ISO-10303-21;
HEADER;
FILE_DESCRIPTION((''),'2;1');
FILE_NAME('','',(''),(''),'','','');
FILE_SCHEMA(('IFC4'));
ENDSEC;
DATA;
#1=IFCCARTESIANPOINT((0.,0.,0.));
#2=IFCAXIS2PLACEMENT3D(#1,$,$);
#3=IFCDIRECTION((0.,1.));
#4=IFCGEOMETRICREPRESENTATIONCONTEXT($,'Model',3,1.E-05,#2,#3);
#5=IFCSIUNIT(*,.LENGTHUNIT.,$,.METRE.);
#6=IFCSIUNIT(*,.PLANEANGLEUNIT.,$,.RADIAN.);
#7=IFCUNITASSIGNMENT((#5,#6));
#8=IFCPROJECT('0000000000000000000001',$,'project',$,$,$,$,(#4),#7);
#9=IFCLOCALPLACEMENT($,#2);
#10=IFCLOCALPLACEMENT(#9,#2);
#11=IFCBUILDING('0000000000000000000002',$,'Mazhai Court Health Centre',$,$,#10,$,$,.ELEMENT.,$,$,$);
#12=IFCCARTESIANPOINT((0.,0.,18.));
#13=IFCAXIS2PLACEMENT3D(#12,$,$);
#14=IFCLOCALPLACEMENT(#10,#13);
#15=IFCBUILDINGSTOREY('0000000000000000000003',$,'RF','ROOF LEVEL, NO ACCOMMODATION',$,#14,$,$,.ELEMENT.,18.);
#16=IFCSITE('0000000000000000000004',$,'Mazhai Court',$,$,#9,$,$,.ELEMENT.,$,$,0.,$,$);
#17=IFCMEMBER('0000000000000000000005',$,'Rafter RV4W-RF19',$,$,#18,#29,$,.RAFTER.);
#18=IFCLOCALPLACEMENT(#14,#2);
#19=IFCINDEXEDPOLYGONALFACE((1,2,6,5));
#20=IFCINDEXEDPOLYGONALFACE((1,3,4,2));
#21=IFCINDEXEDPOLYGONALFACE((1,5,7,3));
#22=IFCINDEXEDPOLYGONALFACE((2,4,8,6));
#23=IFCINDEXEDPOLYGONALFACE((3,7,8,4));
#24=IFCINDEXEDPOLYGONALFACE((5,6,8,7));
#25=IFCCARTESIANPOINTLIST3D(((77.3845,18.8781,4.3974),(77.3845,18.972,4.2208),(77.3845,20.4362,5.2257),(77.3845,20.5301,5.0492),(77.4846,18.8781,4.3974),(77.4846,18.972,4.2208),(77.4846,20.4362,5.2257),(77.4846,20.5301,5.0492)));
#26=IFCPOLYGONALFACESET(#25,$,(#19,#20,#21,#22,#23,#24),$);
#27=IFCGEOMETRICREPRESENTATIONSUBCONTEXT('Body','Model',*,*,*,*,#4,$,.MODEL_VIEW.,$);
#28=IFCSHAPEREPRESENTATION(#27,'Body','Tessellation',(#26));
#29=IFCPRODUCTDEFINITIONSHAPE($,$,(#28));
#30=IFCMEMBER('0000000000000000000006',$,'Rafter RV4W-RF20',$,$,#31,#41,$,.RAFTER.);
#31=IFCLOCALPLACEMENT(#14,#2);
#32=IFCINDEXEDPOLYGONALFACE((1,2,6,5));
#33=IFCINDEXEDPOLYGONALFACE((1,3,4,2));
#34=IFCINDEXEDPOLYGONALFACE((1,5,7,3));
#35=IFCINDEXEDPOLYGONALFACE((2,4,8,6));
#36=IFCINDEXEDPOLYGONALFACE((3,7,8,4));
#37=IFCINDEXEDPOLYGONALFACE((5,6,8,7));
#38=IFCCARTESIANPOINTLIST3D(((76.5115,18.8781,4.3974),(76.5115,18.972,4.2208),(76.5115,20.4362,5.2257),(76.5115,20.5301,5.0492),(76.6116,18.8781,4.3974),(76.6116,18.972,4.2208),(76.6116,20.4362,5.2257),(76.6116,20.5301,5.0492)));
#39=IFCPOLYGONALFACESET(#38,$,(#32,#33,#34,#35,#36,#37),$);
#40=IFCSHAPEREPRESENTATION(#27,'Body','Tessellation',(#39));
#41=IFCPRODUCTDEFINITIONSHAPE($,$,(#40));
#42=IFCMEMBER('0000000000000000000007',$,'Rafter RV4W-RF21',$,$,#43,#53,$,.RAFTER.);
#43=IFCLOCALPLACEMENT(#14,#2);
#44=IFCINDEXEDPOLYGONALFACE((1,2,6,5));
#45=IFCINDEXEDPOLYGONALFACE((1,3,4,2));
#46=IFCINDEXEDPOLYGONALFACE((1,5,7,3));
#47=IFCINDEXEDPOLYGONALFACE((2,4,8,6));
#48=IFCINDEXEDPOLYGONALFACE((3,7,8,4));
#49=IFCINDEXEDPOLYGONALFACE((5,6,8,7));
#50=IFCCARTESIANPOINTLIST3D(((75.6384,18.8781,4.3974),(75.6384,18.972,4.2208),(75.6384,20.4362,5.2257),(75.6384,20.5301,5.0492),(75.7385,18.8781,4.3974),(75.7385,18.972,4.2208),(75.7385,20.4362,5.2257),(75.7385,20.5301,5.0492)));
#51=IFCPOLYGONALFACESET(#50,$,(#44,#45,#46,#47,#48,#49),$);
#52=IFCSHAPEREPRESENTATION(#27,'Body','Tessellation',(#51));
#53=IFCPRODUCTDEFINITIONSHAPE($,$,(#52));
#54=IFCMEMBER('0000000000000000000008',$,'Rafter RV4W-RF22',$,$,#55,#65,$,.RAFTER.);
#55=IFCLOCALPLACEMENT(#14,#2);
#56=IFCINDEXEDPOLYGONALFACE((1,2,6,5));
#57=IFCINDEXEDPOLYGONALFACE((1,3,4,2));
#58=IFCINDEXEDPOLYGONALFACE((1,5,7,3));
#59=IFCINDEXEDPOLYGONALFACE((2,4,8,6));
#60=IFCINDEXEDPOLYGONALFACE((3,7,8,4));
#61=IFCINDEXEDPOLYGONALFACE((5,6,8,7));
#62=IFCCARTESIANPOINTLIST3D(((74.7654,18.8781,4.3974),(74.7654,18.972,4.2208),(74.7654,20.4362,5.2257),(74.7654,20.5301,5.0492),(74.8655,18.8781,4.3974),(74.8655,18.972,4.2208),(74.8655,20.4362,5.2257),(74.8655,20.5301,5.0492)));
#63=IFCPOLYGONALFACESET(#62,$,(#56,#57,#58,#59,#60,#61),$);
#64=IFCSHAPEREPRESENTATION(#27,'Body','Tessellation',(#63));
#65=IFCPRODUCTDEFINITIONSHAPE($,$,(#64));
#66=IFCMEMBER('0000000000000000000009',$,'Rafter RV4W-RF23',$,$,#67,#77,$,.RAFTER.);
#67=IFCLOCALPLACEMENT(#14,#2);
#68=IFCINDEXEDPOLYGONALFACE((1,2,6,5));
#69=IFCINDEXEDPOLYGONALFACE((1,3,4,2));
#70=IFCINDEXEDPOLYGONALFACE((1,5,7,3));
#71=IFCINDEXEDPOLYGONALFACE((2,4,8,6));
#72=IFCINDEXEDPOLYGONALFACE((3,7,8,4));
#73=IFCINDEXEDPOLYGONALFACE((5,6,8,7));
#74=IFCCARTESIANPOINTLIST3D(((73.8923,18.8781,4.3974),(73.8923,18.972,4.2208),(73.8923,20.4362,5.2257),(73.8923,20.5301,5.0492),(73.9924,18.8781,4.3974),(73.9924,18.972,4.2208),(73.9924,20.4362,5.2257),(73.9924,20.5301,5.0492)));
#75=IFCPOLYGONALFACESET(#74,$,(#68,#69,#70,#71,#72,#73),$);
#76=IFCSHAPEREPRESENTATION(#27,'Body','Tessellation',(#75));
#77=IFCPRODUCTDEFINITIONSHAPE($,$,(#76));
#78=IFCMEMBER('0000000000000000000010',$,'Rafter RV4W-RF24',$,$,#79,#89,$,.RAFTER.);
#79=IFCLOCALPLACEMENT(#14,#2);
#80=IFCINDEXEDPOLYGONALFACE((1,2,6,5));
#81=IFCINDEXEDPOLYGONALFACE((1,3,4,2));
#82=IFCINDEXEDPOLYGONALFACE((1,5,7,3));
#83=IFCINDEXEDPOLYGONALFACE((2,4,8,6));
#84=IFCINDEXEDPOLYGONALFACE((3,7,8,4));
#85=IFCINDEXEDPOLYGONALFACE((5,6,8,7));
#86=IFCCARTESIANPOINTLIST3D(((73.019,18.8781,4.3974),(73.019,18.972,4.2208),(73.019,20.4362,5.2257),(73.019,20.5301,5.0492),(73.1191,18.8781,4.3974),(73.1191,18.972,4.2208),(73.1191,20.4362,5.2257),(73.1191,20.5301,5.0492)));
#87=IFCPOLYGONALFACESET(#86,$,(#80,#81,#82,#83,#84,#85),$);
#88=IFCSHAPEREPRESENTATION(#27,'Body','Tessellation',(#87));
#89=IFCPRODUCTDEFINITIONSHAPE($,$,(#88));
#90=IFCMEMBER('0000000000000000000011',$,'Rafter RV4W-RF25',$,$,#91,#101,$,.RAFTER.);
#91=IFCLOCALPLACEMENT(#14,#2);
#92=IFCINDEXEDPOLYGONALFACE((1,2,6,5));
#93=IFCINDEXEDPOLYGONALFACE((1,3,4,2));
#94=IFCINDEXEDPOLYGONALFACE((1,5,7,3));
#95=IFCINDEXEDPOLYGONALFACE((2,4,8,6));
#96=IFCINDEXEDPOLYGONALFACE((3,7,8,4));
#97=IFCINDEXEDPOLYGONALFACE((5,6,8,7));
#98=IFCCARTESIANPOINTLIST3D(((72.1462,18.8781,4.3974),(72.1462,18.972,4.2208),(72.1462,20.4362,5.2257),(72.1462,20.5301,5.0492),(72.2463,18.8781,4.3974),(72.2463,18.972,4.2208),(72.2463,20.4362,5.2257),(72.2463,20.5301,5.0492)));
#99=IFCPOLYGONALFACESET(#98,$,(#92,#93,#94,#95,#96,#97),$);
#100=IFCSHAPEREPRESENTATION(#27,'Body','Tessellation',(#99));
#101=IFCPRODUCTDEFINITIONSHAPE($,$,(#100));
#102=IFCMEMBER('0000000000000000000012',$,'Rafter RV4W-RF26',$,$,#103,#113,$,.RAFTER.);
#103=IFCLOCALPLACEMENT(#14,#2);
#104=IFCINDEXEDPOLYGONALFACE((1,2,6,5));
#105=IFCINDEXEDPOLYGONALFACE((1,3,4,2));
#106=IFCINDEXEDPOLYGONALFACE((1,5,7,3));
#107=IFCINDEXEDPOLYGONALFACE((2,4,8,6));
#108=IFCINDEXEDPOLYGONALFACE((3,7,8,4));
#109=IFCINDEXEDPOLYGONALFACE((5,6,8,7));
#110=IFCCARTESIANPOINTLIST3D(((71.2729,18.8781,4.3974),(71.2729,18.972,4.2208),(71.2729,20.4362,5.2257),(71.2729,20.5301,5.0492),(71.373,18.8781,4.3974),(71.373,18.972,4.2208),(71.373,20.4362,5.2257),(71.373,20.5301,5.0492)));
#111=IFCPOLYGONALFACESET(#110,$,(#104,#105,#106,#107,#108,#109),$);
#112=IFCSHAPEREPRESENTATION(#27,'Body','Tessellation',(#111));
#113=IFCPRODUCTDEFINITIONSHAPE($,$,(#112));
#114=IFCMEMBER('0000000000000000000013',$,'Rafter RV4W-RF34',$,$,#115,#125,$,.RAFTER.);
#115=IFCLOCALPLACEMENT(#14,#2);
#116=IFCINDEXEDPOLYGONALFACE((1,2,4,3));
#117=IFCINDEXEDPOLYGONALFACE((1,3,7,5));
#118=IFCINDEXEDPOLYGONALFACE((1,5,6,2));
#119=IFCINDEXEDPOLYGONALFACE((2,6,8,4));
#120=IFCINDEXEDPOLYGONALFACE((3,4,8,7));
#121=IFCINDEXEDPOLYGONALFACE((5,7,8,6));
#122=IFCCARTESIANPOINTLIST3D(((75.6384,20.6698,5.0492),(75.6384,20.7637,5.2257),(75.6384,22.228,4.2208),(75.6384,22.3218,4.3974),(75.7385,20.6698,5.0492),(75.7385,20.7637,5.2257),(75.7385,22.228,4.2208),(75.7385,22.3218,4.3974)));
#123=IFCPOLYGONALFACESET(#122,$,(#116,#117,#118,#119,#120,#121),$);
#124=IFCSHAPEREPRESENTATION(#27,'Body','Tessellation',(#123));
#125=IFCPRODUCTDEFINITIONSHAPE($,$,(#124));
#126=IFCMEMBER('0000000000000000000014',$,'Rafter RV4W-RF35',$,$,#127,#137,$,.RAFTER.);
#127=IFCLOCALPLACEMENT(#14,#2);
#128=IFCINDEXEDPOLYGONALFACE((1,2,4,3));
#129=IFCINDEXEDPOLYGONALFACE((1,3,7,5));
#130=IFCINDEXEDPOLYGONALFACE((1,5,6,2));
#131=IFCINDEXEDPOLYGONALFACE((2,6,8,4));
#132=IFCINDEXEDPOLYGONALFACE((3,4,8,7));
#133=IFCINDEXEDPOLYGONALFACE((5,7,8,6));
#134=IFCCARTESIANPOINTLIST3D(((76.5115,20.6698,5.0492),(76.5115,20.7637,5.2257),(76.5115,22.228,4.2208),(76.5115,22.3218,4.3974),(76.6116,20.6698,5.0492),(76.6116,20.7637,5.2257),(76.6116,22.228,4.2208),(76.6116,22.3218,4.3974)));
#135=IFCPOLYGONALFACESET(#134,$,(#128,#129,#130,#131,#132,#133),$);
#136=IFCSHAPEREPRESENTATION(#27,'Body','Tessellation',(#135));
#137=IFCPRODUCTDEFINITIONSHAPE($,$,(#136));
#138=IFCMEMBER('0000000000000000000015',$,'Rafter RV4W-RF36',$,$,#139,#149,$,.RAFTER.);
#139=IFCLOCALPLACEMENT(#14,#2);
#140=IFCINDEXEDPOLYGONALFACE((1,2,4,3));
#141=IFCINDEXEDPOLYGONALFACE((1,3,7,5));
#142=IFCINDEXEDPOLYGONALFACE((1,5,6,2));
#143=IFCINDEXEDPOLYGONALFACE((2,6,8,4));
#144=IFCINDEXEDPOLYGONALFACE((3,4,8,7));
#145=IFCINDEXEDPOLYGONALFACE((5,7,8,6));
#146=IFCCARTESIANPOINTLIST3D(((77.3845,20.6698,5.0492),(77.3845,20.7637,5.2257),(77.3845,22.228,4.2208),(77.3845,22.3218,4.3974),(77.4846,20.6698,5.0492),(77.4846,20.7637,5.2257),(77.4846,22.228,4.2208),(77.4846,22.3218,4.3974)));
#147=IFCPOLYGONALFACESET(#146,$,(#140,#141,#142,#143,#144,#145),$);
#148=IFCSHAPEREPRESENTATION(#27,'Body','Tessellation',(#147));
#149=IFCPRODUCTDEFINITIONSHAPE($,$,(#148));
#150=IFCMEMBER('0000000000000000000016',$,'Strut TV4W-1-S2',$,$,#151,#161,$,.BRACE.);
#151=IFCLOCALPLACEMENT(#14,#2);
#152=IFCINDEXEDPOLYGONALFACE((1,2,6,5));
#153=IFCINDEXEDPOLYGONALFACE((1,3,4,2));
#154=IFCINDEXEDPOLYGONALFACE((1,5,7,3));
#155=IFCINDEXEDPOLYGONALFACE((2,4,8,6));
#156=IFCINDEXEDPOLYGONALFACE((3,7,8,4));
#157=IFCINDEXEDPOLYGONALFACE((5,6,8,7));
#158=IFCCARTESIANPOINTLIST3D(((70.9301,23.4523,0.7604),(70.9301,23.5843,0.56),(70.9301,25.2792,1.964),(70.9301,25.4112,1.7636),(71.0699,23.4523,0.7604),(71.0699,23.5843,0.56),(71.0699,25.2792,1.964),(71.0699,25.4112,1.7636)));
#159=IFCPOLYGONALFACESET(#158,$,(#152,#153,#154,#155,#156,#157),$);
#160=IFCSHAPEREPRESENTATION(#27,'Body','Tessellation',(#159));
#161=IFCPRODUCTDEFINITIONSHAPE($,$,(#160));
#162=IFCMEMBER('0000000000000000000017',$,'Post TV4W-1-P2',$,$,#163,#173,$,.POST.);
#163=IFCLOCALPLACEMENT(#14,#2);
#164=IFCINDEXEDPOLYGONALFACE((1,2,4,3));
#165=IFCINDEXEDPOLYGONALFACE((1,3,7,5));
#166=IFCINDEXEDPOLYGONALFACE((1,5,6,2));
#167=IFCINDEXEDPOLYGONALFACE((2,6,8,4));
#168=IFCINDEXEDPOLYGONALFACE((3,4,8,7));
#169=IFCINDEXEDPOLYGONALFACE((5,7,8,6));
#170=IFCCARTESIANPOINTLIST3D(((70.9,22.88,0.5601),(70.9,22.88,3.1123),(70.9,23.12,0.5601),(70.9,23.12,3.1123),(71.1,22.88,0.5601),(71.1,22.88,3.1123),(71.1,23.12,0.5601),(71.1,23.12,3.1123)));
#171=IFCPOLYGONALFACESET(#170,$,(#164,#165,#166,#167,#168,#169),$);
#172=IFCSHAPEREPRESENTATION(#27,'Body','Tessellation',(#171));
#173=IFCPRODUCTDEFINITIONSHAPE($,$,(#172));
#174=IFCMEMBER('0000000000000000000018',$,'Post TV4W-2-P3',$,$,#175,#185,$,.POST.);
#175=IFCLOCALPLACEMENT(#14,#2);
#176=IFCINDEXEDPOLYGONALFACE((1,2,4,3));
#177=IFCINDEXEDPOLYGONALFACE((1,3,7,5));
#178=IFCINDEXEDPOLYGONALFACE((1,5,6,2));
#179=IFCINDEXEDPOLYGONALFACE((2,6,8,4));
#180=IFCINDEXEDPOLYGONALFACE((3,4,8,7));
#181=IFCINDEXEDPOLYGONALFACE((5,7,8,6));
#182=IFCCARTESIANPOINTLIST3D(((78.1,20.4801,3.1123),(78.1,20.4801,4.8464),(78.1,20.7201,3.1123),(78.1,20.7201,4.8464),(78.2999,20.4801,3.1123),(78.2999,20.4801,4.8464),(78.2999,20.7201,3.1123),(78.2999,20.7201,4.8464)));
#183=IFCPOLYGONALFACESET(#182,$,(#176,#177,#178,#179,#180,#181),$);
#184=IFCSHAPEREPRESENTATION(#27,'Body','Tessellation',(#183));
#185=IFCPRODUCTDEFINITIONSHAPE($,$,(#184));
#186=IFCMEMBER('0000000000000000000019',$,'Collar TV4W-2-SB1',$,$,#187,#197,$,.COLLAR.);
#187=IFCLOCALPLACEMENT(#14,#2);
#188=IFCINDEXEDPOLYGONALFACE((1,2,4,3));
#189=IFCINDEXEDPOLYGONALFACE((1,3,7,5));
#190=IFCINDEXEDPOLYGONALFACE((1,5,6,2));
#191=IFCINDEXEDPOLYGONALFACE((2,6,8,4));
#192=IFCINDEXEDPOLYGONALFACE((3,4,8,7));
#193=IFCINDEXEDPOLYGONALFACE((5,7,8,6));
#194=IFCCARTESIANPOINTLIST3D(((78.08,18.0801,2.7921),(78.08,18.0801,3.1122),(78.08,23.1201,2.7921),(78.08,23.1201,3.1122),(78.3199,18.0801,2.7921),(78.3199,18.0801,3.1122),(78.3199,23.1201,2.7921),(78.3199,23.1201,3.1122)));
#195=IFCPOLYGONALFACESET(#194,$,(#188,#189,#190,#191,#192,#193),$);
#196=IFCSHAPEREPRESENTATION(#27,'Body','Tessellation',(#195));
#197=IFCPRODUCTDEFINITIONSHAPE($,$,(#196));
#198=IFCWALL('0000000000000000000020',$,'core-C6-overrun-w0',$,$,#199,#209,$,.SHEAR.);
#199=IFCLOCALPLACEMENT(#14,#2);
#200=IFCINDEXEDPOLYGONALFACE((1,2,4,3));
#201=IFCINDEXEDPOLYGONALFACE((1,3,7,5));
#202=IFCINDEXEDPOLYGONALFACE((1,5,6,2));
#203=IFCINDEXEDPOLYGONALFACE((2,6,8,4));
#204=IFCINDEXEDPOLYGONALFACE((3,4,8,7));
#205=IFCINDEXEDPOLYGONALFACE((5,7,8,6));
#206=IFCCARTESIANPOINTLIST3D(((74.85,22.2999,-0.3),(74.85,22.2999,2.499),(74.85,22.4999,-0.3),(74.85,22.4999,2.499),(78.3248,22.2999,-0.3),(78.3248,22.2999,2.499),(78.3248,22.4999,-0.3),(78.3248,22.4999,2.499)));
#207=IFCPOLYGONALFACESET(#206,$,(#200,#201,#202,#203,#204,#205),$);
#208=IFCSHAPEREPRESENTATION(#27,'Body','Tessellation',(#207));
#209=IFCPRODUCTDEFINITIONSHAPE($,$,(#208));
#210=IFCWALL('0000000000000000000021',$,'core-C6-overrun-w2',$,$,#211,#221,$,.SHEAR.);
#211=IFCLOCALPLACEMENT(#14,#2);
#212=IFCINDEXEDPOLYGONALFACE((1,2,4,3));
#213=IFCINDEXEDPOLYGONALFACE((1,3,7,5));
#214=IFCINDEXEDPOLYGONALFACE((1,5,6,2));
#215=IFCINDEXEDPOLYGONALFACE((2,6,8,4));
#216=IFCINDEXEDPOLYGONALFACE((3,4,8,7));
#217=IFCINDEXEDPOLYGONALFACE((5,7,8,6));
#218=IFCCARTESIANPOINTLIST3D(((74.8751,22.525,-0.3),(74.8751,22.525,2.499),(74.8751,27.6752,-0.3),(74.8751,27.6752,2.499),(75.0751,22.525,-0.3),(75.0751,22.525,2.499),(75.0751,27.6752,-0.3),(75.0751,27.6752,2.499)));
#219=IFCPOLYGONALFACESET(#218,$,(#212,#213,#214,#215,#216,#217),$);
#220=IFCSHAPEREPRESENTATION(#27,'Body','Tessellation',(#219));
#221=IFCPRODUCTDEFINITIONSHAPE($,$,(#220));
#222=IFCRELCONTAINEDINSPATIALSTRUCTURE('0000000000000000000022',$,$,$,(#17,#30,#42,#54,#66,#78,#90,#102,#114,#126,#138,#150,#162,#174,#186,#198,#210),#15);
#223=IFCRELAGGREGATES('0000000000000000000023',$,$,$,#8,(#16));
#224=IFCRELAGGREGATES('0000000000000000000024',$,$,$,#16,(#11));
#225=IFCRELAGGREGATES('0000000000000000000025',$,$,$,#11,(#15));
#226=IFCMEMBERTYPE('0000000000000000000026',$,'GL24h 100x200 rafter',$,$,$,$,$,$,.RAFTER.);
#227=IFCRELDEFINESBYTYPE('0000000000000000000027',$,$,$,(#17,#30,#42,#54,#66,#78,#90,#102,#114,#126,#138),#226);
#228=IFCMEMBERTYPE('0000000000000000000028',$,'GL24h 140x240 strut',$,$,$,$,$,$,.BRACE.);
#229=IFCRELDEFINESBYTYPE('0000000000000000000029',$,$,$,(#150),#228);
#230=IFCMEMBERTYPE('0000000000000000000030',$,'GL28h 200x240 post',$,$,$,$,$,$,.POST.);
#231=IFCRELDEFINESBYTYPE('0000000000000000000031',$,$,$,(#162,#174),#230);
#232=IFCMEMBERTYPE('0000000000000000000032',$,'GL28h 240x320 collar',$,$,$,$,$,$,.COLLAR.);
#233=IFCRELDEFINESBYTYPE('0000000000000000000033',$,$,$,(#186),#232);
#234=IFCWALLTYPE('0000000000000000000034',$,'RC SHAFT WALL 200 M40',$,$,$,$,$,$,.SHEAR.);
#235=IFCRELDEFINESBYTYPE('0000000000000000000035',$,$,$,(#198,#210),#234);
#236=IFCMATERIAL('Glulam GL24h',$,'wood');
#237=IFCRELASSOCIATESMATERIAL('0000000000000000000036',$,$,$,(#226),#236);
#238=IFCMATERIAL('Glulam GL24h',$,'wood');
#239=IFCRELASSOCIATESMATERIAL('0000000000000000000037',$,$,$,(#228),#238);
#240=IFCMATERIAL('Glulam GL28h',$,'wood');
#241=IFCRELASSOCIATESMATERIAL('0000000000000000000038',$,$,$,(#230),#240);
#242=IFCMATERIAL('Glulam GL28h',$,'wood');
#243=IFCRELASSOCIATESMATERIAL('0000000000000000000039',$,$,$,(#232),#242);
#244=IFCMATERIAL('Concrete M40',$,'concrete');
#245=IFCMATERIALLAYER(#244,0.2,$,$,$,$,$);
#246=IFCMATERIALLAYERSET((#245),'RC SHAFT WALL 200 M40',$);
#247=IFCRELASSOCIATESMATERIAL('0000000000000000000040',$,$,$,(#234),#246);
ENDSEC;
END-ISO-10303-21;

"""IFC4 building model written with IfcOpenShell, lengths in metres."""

from ifc_helpers import new_model, si_unit, direction, frame, frame_2d, origin, origin_2d, place, context, subcontext, project, spatial, rectangle, extrude, material, layer, layer_set, material_profile, profile_set, type_object, element, save


model = new_model("IFC4")

# Units and contexts
model_context = context("Model", 3, precision=1e-05, world=origin(), true_north=direction((0.0, 1.0)))
body_context = subcontext(model_context, "Body", "Model", "MODEL_VIEW")
ifc_project = project(units=[si_unit("LENGTHUNIT", "METRE"), si_unit("PLANEANGLEUNIT", "RADIAN")], contexts=[model_context])

# Site, building, storey
site_placement = place(None, origin())
site = spatial("IfcSite", under=ifc_project, at=site_placement, Name="Mazhai Court", CompositionType="ELEMENT", RefElevation=0.0)
building_placement = place(site_placement, origin())
building = spatial("IfcBuilding", under=site, at=building_placement, Name="Mazhai Court Health Centre", CompositionType="ELEMENT")
storey_placement = place(building_placement, frame((0.0, 0.0, 18.0)))
storey = spatial("IfcBuildingStorey", under=building, at=storey_placement, Name="RF", Description="ROOF LEVEL, NO ACCOMMODATION", CompositionType="ELEMENT", Elevation=18.0)

# Members
ifc_material_1 = material(Name="Glulam GL24h", Category="wood")
ifc_material_profile_1 = material_profile(ifc_material_1, rectangle(XDim=0.1001, YDim=0.2, at=origin_2d()), Name="GL24h 100x200")
ifc_profile_set_1 = profile_set([ifc_material_profile_1], Name="Glulam GL24h")
member_type_1 = type_object("IfcMemberType", Name="GL24h 100x200 rafter", PredefinedType="RAFTER", material=ifc_profile_set_1)
for number, where, z_axis, x_axis, name in (
    (1, (77.4346, 18.925, 4.3091), (0.0, 0.882969, 0.469432), (-1.0, 0.0, 0.0), "Rafter RV4W-RF19"),
    (2, (76.5615, 18.925, 4.3091), (0.0, 0.882969, 0.469432), (-1.0, 0.0, 0.0), "Rafter RV4W-RF20"),
    (3, (75.6885, 18.925, 4.3091), (0.0, 0.882969, 0.469432), (-1.0, 0.0, 0.0), "Rafter RV4W-RF21"),
    (4, (74.8154, 18.925, 4.3091), (0.0, 0.882969, 0.469432), (-1.0, 0.0, 0.0), "Rafter RV4W-RF22"),
    (5, (73.9424, 18.925, 4.3091), (0.0, 0.882969, 0.469432), (-1.0, 0.0, 0.0), "Rafter RV4W-RF23"),
    (6, (73.0691, 18.925, 4.3091), (0.0, 0.882969, 0.469432), (-1.0, 0.0, 0.0), "Rafter RV4W-RF24"),
    (7, (72.1963, 18.925, 4.3091), (0.0, 0.882969, 0.469432), (-1.0, 0.0, 0.0), "Rafter RV4W-RF25"),
    (8, (71.323, 18.925, 4.3091), (0.0, 0.882969, 0.469432), (-1.0, 0.0, 0.0), "Rafter RV4W-RF26"),
    (9, (75.6885, 22.2749, 4.3091), (0.0, -0.882969, 0.469432), (1.0, 0.0, 0.0), "Rafter RV4W-RF34"),
    (10, (76.5615, 22.2749, 4.3091), (0.0, -0.882969, 0.469432), (1.0, 0.0, 0.0), "Rafter RV4W-RF35"),
    (11, (77.4346, 22.2749, 4.3091), (0.0, -0.882969, 0.469432), (1.0, 0.0, 0.0), "Rafter RV4W-RF36"),
):
    element("IfcMember", number, at=place(storey_placement, frame(where, z_axis=z_axis, x_axis=x_axis)), inside=storey, type_object=member_type_1, Name=name, PredefinedType="RAFTER", context=body_context, shape_type="SweptSolid", body=[
        extrude(rectangle(XDim=0.1001, YDim=0.2, at=origin_2d()), origin(), (0.0, 0.0, 1.0), 1.7646),
    ])
ifc_material_2 = material(Name="Glulam GL24h", Category="wood")
ifc_material_profile_2 = material_profile(ifc_material_2, rectangle(XDim=0.1399, YDim=0.24, at=origin_2d()), Name="GL24h 140x240")
ifc_profile_set_2 = profile_set([ifc_material_profile_2], Name="Glulam GL24h")
member_type_2 = type_object("IfcMemberType", Name="GL24h 140x240 strut", PredefinedType="BRACE", material=ifc_profile_set_2)
member_1_placement = place(storey_placement, frame((71.0, 23.5183, 0.6602), z_axis=(0.0, 0.83506, 0.55016), x_axis=(-1.0, 0.0, 0.0)))
element("IfcMember", 12, at=member_1_placement, inside=storey, type_object=member_type_2, Name="Strut TV4W-1-S2", PredefinedType="BRACE", context=body_context, shape_type="SweptSolid", body=[
    extrude(rectangle(XDim=0.1399, YDim=0.24, at=origin_2d()), origin(), (0.0, 0.0, 1.0), 2.1877),
])
ifc_material_3 = material(Name="Glulam GL28h", Category="wood")
ifc_material_profile_3 = material_profile(ifc_material_3, rectangle(XDim=0.2, YDim=0.24, at=origin_2d()), Name="GL28h 200x240")
ifc_profile_set_3 = profile_set([ifc_material_profile_3], Name="Glulam GL28h")
member_type_3 = type_object("IfcMemberType", Name="GL28h 200x240 post", PredefinedType="POST", material=ifc_profile_set_3)
member_2_placement = place(storey_placement, frame((71.0, 23.0, 0.5601), z_axis=(0.0, 0.0, 1.0), x_axis=(1.0, 0.0, 0.0)))
element("IfcMember", 13, at=member_2_placement, inside=storey, type_object=member_type_3, Name="Post TV4W-1-P2", PredefinedType="POST", context=body_context, shape_type="SweptSolid", body=[
    extrude(rectangle(XDim=0.2, YDim=0.24, at=origin_2d()), origin(), (0.0, 0.0, 1.0), 2.5522),
])
member_3_placement = place(storey_placement, frame((78.2, 20.6001, 3.1123), z_axis=(0.0, 0.0, 1.0), x_axis=(1.0, 0.0, 0.0)))
element("IfcMember", 14, at=member_3_placement, inside=storey, type_object=member_type_3, Name="Post TV4W-2-P3", PredefinedType="POST", context=body_context, shape_type="SweptSolid", body=[
    extrude(rectangle(XDim=0.2, YDim=0.24, at=origin_2d()), origin(), (0.0, 0.0, 1.0), 1.7341),
])
ifc_material_4 = material(Name="Glulam GL28h", Category="wood")
ifc_material_profile_4 = material_profile(ifc_material_4, rectangle(XDim=0.24, YDim=0.3201, at=origin_2d()), Name="GL28h 240x320")
ifc_profile_set_4 = profile_set([ifc_material_profile_4], Name="Glulam GL28h")
member_type_4 = type_object("IfcMemberType", Name="GL28h 240x320 collar", PredefinedType="COLLAR", material=ifc_profile_set_4)
member_4_placement = place(storey_placement, frame((78.2, 18.0801, 2.9521), z_axis=(0.0, 1.0, 0.0), x_axis=(-1.0, 0.0, 0.0)))
element("IfcMember", 15, at=member_4_placement, inside=storey, type_object=member_type_4, Name="Collar TV4W-2-SB1", PredefinedType="COLLAR", context=body_context, shape_type="SweptSolid", body=[
    extrude(rectangle(XDim=0.24, YDim=0.3201, at=origin_2d()), origin(), (0.0, 0.0, 1.0), 5.04),
])

# Walls
ifc_material_5 = material(Name="Concrete M40", Category="concrete")
ifc_layer = layer(ifc_material_5, 0.2)
ifc_layer_set = layer_set([ifc_layer], Name="RC SHAFT WALL 200 M40")
wall_type = type_object("IfcWallType", Name="RC SHAFT WALL 200 M40", PredefinedType="SHEAR", material=ifc_layer_set)
wall_1_placement = place(storey_placement, frame((74.8501, 22.3999, -0.3), z_axis=(0.0, 0.0, 1.0), x_axis=(1.0, 0.0, 0.0)))
element("IfcWall", 16, at=wall_1_placement, inside=storey, type_object=wall_type, Name="core-C6-overrun-w0", PredefinedType="SHEAR", context=body_context, shape_type="SweptSolid", body=[
    extrude(rectangle(XDim=3.4749, YDim=0.2, at=frame_2d((1.7373, 0.0))), origin(), (0.0, 0.0, 1.0), 2.7991),
])
wall_2_placement = place(storey_placement, frame((74.9751, 22.5249, -0.3), z_axis=(0.0, 0.0, 1.0), x_axis=(0.0, 1.0, 0.0)))
element("IfcWall", 17, at=wall_2_placement, inside=storey, type_object=wall_type, Name="core-C6-overrun-w2", PredefinedType="SHEAR", context=body_context, shape_type="SweptSolid", body=[
    extrude(rectangle(XDim=5.1501, YDim=0.2, at=frame_2d((2.5752, 0.0))), origin(), (0.0, 0.0, 1.0), 2.7991),
])

save(model, "model.ifc")
